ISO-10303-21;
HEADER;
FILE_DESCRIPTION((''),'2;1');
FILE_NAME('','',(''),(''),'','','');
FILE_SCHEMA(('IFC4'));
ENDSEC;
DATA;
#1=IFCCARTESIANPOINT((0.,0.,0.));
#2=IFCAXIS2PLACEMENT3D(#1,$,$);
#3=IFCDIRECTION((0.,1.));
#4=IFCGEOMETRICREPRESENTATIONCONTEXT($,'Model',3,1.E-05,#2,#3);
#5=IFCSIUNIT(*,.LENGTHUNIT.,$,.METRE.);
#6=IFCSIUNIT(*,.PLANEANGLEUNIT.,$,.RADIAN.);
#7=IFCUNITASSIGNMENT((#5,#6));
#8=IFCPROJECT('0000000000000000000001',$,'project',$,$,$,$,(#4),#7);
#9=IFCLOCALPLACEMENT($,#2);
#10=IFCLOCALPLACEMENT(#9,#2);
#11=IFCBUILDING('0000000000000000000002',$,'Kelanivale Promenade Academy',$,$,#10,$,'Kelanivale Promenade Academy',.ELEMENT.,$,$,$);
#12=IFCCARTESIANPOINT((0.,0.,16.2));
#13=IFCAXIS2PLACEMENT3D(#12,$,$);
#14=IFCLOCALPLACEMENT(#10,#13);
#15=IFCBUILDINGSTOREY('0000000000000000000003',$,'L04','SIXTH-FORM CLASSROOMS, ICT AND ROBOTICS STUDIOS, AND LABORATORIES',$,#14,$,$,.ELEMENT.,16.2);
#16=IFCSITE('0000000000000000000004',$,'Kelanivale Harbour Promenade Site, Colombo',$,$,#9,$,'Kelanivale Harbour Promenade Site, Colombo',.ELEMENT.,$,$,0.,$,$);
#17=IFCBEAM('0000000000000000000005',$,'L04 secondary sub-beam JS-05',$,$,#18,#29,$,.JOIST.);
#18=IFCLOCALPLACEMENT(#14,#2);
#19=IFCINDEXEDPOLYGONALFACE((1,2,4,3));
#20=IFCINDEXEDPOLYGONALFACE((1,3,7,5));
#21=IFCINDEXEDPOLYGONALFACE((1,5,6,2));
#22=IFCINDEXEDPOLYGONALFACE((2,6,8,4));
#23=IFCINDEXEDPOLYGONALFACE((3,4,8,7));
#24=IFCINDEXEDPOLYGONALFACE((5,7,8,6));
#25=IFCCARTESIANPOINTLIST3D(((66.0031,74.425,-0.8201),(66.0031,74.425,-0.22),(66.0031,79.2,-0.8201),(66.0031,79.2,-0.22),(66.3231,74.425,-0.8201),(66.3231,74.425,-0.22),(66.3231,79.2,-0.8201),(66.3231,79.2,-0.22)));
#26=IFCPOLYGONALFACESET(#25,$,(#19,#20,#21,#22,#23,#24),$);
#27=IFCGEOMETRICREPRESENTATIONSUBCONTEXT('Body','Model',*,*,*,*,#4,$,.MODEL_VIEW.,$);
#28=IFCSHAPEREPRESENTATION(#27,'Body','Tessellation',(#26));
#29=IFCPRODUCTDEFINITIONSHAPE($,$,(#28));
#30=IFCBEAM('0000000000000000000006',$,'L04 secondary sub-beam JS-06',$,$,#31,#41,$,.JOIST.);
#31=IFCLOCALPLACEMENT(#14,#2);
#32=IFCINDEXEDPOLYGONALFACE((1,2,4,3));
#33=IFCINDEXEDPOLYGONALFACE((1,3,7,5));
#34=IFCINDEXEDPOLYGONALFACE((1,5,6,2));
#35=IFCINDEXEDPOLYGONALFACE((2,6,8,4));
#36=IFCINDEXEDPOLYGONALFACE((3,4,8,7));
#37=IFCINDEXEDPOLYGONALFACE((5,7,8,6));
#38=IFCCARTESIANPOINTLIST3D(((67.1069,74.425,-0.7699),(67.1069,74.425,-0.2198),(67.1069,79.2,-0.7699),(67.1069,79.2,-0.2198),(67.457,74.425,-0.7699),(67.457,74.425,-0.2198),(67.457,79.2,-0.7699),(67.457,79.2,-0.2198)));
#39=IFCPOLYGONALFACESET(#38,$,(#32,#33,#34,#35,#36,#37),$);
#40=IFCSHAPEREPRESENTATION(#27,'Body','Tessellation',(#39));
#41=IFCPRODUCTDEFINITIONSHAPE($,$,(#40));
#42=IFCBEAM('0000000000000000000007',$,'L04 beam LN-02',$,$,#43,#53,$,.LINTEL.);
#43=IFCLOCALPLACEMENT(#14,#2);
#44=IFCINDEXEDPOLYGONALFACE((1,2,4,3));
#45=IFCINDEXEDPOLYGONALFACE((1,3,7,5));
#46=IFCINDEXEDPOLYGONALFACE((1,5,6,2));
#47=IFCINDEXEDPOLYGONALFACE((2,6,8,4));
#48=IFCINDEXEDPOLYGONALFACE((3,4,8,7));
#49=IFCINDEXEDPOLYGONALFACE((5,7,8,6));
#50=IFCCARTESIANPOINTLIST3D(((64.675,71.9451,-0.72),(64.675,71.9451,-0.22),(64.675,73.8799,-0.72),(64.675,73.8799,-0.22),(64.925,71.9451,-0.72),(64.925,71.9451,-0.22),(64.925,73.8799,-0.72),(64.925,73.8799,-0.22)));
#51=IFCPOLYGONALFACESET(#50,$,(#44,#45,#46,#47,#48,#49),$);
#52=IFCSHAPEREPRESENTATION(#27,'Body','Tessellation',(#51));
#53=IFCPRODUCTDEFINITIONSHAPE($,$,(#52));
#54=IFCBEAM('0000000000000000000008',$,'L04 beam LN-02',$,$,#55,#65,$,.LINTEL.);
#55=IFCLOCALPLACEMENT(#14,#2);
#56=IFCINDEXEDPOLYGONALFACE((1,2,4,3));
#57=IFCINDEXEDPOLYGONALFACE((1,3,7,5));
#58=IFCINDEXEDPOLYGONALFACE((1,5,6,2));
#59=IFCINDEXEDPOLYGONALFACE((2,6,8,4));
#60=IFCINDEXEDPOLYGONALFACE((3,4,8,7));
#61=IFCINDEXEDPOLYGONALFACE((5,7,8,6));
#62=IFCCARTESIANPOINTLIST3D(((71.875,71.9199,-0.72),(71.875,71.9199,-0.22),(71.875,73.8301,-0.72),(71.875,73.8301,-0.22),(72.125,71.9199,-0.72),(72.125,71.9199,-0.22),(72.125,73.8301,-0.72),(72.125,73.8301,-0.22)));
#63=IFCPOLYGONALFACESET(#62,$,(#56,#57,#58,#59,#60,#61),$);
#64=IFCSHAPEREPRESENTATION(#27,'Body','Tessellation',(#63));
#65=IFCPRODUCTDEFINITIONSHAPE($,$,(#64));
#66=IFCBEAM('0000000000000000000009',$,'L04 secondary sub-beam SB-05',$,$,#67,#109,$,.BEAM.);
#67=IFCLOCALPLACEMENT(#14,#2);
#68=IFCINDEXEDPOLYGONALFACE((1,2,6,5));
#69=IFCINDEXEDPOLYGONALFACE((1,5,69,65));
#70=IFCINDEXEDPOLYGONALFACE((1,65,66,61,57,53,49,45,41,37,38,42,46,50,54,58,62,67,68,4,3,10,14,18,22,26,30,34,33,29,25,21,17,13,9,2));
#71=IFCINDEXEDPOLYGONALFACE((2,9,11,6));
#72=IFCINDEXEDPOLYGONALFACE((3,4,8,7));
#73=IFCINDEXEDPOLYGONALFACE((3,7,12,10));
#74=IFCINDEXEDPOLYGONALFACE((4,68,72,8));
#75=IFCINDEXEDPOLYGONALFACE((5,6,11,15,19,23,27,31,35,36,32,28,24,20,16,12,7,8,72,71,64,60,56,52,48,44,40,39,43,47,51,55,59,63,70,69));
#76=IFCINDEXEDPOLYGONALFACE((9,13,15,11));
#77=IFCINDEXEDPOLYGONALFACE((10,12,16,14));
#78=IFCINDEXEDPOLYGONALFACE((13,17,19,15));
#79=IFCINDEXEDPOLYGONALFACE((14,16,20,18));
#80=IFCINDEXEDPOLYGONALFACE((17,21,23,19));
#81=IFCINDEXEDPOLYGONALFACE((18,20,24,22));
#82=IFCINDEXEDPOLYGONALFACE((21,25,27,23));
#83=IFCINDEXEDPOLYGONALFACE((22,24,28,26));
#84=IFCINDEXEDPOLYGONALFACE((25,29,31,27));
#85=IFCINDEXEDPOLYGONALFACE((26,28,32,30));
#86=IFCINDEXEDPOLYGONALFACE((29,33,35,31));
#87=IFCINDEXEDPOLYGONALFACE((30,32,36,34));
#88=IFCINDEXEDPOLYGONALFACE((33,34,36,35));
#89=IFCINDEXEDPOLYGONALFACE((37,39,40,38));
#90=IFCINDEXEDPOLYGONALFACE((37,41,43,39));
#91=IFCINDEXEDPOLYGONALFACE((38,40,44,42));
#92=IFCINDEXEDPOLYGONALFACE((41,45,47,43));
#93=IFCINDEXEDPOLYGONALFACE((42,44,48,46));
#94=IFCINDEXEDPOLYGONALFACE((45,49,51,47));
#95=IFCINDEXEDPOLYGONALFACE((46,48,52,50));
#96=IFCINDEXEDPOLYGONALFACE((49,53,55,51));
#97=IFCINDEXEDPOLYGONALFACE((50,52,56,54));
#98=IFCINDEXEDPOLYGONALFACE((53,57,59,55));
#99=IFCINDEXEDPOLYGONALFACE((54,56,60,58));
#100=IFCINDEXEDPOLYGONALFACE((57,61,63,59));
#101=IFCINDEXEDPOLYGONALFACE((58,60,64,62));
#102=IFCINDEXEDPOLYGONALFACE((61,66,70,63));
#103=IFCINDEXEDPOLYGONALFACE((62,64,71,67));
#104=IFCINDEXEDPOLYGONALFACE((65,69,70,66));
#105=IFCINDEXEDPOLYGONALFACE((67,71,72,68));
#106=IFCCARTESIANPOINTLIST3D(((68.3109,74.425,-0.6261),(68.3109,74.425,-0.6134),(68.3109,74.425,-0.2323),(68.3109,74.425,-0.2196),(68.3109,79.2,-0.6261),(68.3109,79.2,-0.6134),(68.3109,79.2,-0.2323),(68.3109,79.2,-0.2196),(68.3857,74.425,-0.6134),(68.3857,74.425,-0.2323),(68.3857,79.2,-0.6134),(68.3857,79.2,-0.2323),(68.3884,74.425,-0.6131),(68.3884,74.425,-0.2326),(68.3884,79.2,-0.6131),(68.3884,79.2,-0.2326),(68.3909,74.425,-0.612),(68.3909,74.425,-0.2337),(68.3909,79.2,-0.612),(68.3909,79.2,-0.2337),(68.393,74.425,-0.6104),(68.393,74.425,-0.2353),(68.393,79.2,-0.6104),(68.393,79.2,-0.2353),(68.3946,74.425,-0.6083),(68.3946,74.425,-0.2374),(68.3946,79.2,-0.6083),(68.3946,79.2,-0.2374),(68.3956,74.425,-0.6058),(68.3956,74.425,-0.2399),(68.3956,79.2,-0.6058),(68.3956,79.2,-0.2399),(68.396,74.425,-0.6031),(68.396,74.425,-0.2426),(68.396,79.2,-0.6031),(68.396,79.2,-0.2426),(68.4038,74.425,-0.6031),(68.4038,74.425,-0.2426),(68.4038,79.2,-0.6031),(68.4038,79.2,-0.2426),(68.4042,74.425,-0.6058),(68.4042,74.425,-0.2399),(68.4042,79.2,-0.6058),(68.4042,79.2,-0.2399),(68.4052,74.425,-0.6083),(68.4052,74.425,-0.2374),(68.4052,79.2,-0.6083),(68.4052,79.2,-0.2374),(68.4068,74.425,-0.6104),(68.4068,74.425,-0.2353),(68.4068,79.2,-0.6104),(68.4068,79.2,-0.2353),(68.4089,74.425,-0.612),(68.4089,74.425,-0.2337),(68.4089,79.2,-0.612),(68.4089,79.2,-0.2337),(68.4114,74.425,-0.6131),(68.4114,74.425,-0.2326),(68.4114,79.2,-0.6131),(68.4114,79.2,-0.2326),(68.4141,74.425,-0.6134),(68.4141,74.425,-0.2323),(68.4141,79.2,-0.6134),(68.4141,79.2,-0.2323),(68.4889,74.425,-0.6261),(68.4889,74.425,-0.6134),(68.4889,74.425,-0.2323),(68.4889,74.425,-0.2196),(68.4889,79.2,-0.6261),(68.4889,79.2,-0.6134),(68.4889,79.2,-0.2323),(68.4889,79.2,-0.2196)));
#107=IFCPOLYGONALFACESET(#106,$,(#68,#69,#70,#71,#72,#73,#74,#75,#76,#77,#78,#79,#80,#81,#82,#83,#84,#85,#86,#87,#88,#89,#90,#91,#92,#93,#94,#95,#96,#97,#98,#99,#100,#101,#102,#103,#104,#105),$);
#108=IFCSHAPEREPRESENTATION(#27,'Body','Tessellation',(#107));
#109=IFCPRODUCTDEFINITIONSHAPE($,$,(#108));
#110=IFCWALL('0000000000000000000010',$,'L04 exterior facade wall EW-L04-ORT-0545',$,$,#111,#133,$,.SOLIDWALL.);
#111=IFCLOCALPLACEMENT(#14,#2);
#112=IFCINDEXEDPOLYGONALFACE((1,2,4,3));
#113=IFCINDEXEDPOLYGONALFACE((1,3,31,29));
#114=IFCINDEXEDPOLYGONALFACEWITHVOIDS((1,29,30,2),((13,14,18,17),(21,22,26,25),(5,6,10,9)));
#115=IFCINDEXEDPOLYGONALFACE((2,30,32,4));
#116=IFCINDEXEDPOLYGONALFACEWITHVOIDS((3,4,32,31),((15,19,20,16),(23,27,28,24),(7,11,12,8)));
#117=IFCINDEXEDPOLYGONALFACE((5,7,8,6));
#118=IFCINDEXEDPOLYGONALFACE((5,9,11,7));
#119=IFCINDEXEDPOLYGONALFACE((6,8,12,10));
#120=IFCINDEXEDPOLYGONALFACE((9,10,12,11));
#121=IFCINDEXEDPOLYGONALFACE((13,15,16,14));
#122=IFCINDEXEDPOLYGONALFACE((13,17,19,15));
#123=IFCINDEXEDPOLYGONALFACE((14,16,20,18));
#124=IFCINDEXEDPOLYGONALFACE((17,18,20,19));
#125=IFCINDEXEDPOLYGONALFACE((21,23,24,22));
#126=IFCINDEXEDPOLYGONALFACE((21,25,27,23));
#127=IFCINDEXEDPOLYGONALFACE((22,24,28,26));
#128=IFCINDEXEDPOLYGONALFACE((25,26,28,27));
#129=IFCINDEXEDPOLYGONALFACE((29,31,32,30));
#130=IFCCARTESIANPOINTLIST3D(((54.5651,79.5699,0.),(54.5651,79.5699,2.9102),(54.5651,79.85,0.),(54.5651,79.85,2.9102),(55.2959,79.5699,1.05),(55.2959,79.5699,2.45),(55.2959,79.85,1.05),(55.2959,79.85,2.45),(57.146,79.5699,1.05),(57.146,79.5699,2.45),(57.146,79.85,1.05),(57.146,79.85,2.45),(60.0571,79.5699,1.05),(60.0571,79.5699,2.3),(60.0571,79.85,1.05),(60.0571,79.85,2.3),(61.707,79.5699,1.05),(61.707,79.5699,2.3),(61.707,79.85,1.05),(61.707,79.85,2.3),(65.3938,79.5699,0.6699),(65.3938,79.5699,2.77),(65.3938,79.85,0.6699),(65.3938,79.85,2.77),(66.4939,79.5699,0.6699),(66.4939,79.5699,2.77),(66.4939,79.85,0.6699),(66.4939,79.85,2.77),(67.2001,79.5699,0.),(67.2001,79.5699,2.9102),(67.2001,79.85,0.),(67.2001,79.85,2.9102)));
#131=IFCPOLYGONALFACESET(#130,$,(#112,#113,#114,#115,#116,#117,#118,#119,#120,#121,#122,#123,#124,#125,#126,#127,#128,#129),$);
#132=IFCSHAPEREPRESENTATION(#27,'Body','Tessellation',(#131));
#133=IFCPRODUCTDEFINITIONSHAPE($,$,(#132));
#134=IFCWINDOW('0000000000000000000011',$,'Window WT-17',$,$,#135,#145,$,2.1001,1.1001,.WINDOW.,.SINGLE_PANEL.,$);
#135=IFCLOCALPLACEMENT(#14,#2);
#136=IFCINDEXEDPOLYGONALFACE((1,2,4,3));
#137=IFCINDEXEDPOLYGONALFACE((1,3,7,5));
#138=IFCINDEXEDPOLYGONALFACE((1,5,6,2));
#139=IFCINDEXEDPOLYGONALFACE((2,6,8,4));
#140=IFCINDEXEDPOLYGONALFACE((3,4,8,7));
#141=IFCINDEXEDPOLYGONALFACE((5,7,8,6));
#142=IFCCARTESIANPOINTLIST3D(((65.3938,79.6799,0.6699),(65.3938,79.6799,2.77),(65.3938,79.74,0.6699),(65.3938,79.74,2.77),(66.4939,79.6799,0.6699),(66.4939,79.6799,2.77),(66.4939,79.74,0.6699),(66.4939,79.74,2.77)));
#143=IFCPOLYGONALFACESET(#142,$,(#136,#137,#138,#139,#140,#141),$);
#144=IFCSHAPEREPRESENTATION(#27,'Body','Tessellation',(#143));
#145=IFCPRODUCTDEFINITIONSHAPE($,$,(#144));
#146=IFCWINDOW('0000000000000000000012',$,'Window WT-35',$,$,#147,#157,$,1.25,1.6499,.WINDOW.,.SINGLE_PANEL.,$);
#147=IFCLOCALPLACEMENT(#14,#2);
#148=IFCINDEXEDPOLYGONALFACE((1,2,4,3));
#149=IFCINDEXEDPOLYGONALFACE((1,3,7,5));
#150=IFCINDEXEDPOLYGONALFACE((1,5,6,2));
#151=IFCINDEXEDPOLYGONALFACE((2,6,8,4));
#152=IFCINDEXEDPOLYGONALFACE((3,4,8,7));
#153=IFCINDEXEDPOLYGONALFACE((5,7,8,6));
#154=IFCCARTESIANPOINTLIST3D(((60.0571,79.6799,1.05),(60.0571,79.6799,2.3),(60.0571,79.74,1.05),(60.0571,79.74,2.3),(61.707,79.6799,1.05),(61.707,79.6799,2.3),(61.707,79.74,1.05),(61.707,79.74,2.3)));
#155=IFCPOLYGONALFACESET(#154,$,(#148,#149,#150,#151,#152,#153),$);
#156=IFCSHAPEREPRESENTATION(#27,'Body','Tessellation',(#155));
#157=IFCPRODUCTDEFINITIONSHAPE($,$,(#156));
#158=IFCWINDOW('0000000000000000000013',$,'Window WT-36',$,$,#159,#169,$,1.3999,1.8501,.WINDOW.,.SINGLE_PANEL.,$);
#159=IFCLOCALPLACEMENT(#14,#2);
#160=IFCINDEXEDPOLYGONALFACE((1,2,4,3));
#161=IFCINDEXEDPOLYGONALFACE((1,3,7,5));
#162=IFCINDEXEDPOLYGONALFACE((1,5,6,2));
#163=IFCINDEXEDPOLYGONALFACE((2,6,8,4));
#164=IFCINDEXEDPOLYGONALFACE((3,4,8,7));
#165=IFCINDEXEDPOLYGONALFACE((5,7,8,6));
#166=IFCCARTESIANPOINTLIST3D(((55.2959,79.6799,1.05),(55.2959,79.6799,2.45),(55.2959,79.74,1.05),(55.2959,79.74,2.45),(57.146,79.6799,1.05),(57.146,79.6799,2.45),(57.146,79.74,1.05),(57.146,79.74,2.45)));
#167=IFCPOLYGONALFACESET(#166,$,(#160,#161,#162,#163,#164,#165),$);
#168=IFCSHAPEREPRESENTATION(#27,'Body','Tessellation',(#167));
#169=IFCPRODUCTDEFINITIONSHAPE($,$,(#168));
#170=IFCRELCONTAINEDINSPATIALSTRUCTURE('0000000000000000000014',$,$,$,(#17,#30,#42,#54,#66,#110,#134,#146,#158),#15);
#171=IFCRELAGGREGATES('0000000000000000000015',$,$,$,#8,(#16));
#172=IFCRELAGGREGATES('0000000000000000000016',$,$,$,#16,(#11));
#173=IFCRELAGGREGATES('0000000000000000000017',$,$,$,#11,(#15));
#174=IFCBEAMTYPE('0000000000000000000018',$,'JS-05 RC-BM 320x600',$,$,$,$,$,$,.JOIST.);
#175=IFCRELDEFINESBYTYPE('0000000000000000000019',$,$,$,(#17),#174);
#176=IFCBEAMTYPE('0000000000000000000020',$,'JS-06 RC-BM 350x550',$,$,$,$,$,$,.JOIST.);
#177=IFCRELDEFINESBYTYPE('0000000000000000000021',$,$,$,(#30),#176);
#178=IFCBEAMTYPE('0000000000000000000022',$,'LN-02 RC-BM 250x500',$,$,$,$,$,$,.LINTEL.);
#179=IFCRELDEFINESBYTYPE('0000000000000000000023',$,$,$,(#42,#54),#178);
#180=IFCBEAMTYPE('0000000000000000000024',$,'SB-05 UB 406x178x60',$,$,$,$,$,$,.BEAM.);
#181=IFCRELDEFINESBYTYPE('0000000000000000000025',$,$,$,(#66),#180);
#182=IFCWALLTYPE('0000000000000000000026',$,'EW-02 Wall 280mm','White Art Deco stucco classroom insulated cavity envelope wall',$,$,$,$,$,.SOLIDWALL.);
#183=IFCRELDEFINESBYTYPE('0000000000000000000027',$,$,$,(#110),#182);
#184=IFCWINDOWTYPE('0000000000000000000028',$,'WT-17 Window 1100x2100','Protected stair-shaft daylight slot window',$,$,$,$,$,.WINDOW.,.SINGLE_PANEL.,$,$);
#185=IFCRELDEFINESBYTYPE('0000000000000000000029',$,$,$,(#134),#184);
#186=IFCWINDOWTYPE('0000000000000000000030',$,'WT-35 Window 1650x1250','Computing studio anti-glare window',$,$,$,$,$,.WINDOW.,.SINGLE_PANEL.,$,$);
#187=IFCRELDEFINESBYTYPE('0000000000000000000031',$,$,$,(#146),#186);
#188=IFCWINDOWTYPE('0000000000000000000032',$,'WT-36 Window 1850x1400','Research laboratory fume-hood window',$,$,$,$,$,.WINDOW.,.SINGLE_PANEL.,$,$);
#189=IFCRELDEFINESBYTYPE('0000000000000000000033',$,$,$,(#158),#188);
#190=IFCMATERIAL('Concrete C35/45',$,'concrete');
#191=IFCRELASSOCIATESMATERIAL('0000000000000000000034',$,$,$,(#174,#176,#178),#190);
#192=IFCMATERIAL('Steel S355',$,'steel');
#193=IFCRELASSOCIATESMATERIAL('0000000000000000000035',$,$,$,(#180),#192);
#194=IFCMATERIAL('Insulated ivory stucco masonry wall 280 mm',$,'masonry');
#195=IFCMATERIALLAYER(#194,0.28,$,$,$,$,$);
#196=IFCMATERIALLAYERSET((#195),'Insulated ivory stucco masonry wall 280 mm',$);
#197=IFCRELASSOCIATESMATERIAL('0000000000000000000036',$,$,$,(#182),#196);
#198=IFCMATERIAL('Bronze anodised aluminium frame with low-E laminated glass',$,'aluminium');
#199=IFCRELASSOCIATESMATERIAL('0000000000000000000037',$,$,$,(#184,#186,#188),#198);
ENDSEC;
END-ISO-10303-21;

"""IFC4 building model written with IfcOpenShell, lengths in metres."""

from ifc_helpers import new_model, si_unit, direction, frame, frame_2d, origin, origin_2d, place, context, subcontext, project, spatial, rectangle, i_section, extrude, material, layer, layer_set, material_profile, profile_set, type_object, element, fill, save


model = new_model("IFC4")

# Units and contexts
model_context = context("Model", 3, precision=1e-05, world=origin(), true_north=direction((0.0, 1.0)))
body_context = subcontext(model_context, "Body", "Model", "MODEL_VIEW")
ifc_project = project(units=[si_unit("LENGTHUNIT", "METRE"), si_unit("PLANEANGLEUNIT", "RADIAN")], contexts=[model_context])

# Site, building, storey
site_placement = place(None, origin())
site = spatial("IfcSite", under=ifc_project, at=site_placement, Name="Kelanivale Harbour Promenade Site, Colombo", LongName="Kelanivale Harbour Promenade Site, Colombo", CompositionType="ELEMENT", RefElevation=0.0)
building_placement = place(site_placement, origin())
building = spatial("IfcBuilding", under=site, at=building_placement, Name="Kelanivale Promenade Academy", LongName="Kelanivale Promenade Academy", CompositionType="ELEMENT")
storey_placement = place(building_placement, frame((0.0, 0.0, 16.2)))
storey = spatial("IfcBuildingStorey", under=building, at=storey_placement, Name="L04", Description="SIXTH-FORM CLASSROOMS, ICT AND ROBOTICS STUDIOS, AND LABORATORIES", CompositionType="ELEMENT", Elevation=16.2)

# Beams
ifc_material_1 = material(Name="Concrete C35/45", Category="concrete")
ifc_material_profile_1 = material_profile(ifc_material_1, rectangle(XDim=0.3201, YDim=0.6001, at=origin_2d()), Name="RC-BM 320x600")
ifc_profile_set_1 = profile_set([ifc_material_profile_1], Name="Concrete C35/45")
beam_type_1 = type_object("IfcBeamType", Name="JS-05 RC-BM 320x600", PredefinedType="JOIST", material=ifc_profile_set_1)
beam_1_placement = place(storey_placement, frame((66.1631, 74.425, -0.52), z_axis=(0.0, 1.0, 0.0), x_axis=(-1.0, 0.0, 0.0)))
element("IfcBeam", 1, at=beam_1_placement, inside=storey, type_object=beam_type_1, Name="L04 secondary sub-beam JS-05", PredefinedType="JOIST", context=body_context, shape_type="SweptSolid", body=[
    extrude(rectangle(XDim=0.3201, YDim=0.6001, at=origin_2d()), origin(), (0.0, 0.0, 1.0), 4.7749),
])
ifc_material_profile_2 = material_profile(ifc_material_1, rectangle(XDim=0.3501, YDim=0.55, at=origin_2d()), Name="RC-BM 350x550")
ifc_profile_set_2 = profile_set([ifc_material_profile_2], Name="Concrete C35/45")
beam_type_2 = type_object("IfcBeamType", Name="JS-06 RC-BM 350x550", PredefinedType="JOIST", material=ifc_profile_set_2)
beam_2_placement = place(storey_placement, frame((67.282, 74.425, -0.4949), z_axis=(0.0, 1.0, 0.0), x_axis=(-1.0, 0.0, 0.0)))
element("IfcBeam", 2, at=beam_2_placement, inside=storey, type_object=beam_type_2, Name="L04 secondary sub-beam JS-06", PredefinedType="JOIST", context=body_context, shape_type="SweptSolid", body=[
    extrude(rectangle(XDim=0.3501, YDim=0.55, at=origin_2d()), origin(), (0.0, 0.0, 1.0), 4.7749),
])
ifc_material_profile_3 = material_profile(ifc_material_1, rectangle(XDim=0.25, YDim=0.5, at=origin_2d()), Name="RC-BM 250x500")
ifc_profile_set_3 = profile_set([ifc_material_profile_3], Name="Concrete C35/45")
beam_type_3 = type_object("IfcBeamType", Name="LN-02 RC-BM 250x500", PredefinedType="LINTEL", material=ifc_profile_set_3)
beam_3_placement = place(storey_placement, frame((64.8, 71.9451, -0.47), z_axis=(0.0, 1.0, 0.0), x_axis=(-1.0, 0.0, 0.0)))
element("IfcBeam", 3, at=beam_3_placement, inside=storey, type_object=beam_type_3, Name="L04 beam LN-02", PredefinedType="LINTEL", context=body_context, shape_type="SweptSolid", body=[
    extrude(rectangle(XDim=0.25, YDim=0.5, at=origin_2d()), origin(), (0.0, 0.0, 1.0), 1.9348),
])
beam_4_placement = place(storey_placement, frame((72.0, 71.9199, -0.47), z_axis=(0.0, 1.0, 0.0), x_axis=(-1.0, 0.0, 0.0)))
element("IfcBeam", 4, at=beam_4_placement, inside=storey, type_object=beam_type_3, Name="L04 beam LN-02", PredefinedType="LINTEL", context=body_context, shape_type="SweptSolid", body=[
    extrude(rectangle(XDim=0.25, YDim=0.5, at=origin_2d()), origin(), (0.0, 0.0, 1.0), 1.9102),
])
ifc_material_2 = material(Name="Steel S355", Category="steel")
ifc_material_profile_4 = material_profile(ifc_material_2, i_section(OverallWidth=0.178, OverallDepth=0.4065, WebThickness=0.0078, FlangeThickness=0.0127, FilletRadius=0.0103, at=origin_2d()), Name="UB 406x178x60")
ifc_profile_set_4 = profile_set([ifc_material_profile_4], Name="Steel S355")
beam_type_4 = type_object("IfcBeamType", Name="SB-05 UB 406x178x60", PredefinedType="BEAM", material=ifc_profile_set_4)
beam_5_placement = place(storey_placement, frame((68.3999, 74.425, -0.4229), z_axis=(0.0, 1.0, 0.0), x_axis=(-1.0, 0.0, 0.0)))
element("IfcBeam", 5, at=beam_5_placement, inside=storey, type_object=beam_type_4, Name="L04 secondary sub-beam SB-05", PredefinedType="BEAM", context=body_context, shape_type="SweptSolid", body=[
    extrude(i_section(OverallWidth=0.178, OverallDepth=0.4065, WebThickness=0.0078, FlangeThickness=0.0127, FilletRadius=0.0103, at=origin_2d()), origin(), (0.0, 0.0, 1.0), 4.7749),
])

# Wall, openings, windows
ifc_material_3 = material(Name="Insulated ivory stucco masonry wall 280 mm", Category="masonry")
ifc_layer_1 = layer(ifc_material_3, 0.28)
ifc_layer_set_1 = layer_set([ifc_layer_1], Name="Insulated ivory stucco masonry wall 280 mm")
wall_type_1 = type_object("IfcWallType", Name="EW-02 Wall 280mm", Description="White Art Deco stucco classroom insulated cavity envelope wall", PredefinedType="SOLIDWALL", material=ifc_layer_set_1)
wall_1_placement = place(storey_placement, frame((67.2, 79.71, 0.0), z_axis=(0.0, 0.0, 1.0), x_axis=(-1.0, 0.0, 0.0)))
wall_1 = element("IfcWall", 6, at=wall_1_placement, inside=storey, type_object=wall_type_1, Name="L04 exterior facade wall EW-L04-ORT-0545", PredefinedType="SOLIDWALL", context=body_context, shape_type="SweptSolid", body=[
    extrude(rectangle(XDim=12.635, YDim=0.28, at=frame_2d((6.3174, 0.0))), origin(), (0.0, 0.0, 1.0), 2.9102),
])
opening_1_placement = place(wall_1_placement, frame((0.7061, 0.0, 0.6699)))
opening_1 = element("IfcOpeningElement", 7, at=opening_1_placement, cuts=wall_1, PredefinedType="OPENING", context=body_context, shape_type="SweptSolid", body=[
    extrude(rectangle(XDim=1.1001, YDim=2.1001, at=frame_2d((0.55, 1.05))), frame((0.0, 0.1499, 0.0), z_axis=(0.0, -1.0, 0.0), x_axis=(1.0, 0.0, 0.0)), (0.0, 0.0, 1.0), 0.3),
])
opening_2_placement = place(wall_1_placement, frame((5.4929, 0.0, 1.05)))
opening_2 = element("IfcOpeningElement", 8, at=opening_2_placement, cuts=wall_1, PredefinedType="OPENING", context=body_context, shape_type="SweptSolid", body=[
    extrude(rectangle(XDim=1.6499, YDim=1.25, at=frame_2d((0.825, 0.625))), frame((0.0, 0.1499, 0.0), z_axis=(0.0, -1.0, 0.0), x_axis=(1.0, 0.0, 0.0)), (0.0, 0.0, 1.0), 0.3),
])
opening_3_placement = place(wall_1_placement, frame((10.054, 0.0, 1.05)))
opening_3 = element("IfcOpeningElement", 9, at=opening_3_placement, cuts=wall_1, PredefinedType="OPENING", context=body_context, shape_type="SweptSolid", body=[
    extrude(rectangle(XDim=1.8501, YDim=1.3999, at=frame_2d((0.925, 0.7))), frame((0.0, 0.1499, 0.0), z_axis=(0.0, -1.0, 0.0), x_axis=(1.0, 0.0, 0.0)), (0.0, 0.0, 1.0), 0.3),
])
ifc_material_4 = material(Name="Bronze anodised aluminium frame with low-E laminated glass", Category="aluminium")
window_type_1 = type_object("IfcWindowType", Name="WT-17 Window 1100x2100", Description="Protected stair-shaft daylight slot window", PartitioningType="SINGLE_PANEL", PredefinedType="WINDOW", material=ifc_material_4)
window_1_placement = place(opening_1_placement, origin())
window_1 = element("IfcWindow", 10, at=window_1_placement, inside=storey, type_object=window_type_1, Name="Window WT-17", OverallHeight=2.1001, OverallWidth=1.1001, PartitioningType="SINGLE_PANEL", PredefinedType="WINDOW", context=body_context, shape_type="SweptSolid", body=[
    extrude(rectangle(XDim=1.1001, YDim=2.1001, at=frame_2d((0.55, 1.05))), frame((0.0, 0.03, 0.0), z_axis=(0.0, -1.0, 0.0), x_axis=(1.0, 0.0, 0.0)), (0.0, 0.0, 1.0), 0.0601),
])
fill(opening_1, window_1)
window_type_2 = type_object("IfcWindowType", Name="WT-35 Window 1650x1250", Description="Computing studio anti-glare window", PartitioningType="SINGLE_PANEL", PredefinedType="WINDOW", material=ifc_material_4)
window_2_placement = place(opening_2_placement, origin())
window_2 = element("IfcWindow", 11, at=window_2_placement, inside=storey, type_object=window_type_2, Name="Window WT-35", OverallHeight=1.25, OverallWidth=1.6499, PartitioningType="SINGLE_PANEL", PredefinedType="WINDOW", context=body_context, shape_type="SweptSolid", body=[
    extrude(rectangle(XDim=1.6499, YDim=1.25, at=frame_2d((0.825, 0.625))), frame((0.0, 0.03, 0.0), z_axis=(0.0, -1.0, 0.0), x_axis=(1.0, 0.0, 0.0)), (0.0, 0.0, 1.0), 0.0601),
])
fill(opening_2, window_2)
window_type_3 = type_object("IfcWindowType", Name="WT-36 Window 1850x1400", Description="Research laboratory fume-hood window", PartitioningType="SINGLE_PANEL", PredefinedType="WINDOW", material=ifc_material_4)
window_3_placement = place(opening_3_placement, origin())
window_3 = element("IfcWindow", 12, at=window_3_placement, inside=storey, type_object=window_type_3, Name="Window WT-36", OverallHeight=1.3999, OverallWidth=1.8501, PartitioningType="SINGLE_PANEL", PredefinedType="WINDOW", context=body_context, shape_type="SweptSolid", body=[
    extrude(rectangle(XDim=1.8501, YDim=1.3999, at=frame_2d((0.925, 0.7))), frame((0.0, 0.03, 0.0), z_axis=(0.0, -1.0, 0.0), x_axis=(1.0, 0.0, 0.0)), (0.0, 0.0, 1.0), 0.0601),
])
fill(opening_3, window_3)

save(model, "model.ifc")
